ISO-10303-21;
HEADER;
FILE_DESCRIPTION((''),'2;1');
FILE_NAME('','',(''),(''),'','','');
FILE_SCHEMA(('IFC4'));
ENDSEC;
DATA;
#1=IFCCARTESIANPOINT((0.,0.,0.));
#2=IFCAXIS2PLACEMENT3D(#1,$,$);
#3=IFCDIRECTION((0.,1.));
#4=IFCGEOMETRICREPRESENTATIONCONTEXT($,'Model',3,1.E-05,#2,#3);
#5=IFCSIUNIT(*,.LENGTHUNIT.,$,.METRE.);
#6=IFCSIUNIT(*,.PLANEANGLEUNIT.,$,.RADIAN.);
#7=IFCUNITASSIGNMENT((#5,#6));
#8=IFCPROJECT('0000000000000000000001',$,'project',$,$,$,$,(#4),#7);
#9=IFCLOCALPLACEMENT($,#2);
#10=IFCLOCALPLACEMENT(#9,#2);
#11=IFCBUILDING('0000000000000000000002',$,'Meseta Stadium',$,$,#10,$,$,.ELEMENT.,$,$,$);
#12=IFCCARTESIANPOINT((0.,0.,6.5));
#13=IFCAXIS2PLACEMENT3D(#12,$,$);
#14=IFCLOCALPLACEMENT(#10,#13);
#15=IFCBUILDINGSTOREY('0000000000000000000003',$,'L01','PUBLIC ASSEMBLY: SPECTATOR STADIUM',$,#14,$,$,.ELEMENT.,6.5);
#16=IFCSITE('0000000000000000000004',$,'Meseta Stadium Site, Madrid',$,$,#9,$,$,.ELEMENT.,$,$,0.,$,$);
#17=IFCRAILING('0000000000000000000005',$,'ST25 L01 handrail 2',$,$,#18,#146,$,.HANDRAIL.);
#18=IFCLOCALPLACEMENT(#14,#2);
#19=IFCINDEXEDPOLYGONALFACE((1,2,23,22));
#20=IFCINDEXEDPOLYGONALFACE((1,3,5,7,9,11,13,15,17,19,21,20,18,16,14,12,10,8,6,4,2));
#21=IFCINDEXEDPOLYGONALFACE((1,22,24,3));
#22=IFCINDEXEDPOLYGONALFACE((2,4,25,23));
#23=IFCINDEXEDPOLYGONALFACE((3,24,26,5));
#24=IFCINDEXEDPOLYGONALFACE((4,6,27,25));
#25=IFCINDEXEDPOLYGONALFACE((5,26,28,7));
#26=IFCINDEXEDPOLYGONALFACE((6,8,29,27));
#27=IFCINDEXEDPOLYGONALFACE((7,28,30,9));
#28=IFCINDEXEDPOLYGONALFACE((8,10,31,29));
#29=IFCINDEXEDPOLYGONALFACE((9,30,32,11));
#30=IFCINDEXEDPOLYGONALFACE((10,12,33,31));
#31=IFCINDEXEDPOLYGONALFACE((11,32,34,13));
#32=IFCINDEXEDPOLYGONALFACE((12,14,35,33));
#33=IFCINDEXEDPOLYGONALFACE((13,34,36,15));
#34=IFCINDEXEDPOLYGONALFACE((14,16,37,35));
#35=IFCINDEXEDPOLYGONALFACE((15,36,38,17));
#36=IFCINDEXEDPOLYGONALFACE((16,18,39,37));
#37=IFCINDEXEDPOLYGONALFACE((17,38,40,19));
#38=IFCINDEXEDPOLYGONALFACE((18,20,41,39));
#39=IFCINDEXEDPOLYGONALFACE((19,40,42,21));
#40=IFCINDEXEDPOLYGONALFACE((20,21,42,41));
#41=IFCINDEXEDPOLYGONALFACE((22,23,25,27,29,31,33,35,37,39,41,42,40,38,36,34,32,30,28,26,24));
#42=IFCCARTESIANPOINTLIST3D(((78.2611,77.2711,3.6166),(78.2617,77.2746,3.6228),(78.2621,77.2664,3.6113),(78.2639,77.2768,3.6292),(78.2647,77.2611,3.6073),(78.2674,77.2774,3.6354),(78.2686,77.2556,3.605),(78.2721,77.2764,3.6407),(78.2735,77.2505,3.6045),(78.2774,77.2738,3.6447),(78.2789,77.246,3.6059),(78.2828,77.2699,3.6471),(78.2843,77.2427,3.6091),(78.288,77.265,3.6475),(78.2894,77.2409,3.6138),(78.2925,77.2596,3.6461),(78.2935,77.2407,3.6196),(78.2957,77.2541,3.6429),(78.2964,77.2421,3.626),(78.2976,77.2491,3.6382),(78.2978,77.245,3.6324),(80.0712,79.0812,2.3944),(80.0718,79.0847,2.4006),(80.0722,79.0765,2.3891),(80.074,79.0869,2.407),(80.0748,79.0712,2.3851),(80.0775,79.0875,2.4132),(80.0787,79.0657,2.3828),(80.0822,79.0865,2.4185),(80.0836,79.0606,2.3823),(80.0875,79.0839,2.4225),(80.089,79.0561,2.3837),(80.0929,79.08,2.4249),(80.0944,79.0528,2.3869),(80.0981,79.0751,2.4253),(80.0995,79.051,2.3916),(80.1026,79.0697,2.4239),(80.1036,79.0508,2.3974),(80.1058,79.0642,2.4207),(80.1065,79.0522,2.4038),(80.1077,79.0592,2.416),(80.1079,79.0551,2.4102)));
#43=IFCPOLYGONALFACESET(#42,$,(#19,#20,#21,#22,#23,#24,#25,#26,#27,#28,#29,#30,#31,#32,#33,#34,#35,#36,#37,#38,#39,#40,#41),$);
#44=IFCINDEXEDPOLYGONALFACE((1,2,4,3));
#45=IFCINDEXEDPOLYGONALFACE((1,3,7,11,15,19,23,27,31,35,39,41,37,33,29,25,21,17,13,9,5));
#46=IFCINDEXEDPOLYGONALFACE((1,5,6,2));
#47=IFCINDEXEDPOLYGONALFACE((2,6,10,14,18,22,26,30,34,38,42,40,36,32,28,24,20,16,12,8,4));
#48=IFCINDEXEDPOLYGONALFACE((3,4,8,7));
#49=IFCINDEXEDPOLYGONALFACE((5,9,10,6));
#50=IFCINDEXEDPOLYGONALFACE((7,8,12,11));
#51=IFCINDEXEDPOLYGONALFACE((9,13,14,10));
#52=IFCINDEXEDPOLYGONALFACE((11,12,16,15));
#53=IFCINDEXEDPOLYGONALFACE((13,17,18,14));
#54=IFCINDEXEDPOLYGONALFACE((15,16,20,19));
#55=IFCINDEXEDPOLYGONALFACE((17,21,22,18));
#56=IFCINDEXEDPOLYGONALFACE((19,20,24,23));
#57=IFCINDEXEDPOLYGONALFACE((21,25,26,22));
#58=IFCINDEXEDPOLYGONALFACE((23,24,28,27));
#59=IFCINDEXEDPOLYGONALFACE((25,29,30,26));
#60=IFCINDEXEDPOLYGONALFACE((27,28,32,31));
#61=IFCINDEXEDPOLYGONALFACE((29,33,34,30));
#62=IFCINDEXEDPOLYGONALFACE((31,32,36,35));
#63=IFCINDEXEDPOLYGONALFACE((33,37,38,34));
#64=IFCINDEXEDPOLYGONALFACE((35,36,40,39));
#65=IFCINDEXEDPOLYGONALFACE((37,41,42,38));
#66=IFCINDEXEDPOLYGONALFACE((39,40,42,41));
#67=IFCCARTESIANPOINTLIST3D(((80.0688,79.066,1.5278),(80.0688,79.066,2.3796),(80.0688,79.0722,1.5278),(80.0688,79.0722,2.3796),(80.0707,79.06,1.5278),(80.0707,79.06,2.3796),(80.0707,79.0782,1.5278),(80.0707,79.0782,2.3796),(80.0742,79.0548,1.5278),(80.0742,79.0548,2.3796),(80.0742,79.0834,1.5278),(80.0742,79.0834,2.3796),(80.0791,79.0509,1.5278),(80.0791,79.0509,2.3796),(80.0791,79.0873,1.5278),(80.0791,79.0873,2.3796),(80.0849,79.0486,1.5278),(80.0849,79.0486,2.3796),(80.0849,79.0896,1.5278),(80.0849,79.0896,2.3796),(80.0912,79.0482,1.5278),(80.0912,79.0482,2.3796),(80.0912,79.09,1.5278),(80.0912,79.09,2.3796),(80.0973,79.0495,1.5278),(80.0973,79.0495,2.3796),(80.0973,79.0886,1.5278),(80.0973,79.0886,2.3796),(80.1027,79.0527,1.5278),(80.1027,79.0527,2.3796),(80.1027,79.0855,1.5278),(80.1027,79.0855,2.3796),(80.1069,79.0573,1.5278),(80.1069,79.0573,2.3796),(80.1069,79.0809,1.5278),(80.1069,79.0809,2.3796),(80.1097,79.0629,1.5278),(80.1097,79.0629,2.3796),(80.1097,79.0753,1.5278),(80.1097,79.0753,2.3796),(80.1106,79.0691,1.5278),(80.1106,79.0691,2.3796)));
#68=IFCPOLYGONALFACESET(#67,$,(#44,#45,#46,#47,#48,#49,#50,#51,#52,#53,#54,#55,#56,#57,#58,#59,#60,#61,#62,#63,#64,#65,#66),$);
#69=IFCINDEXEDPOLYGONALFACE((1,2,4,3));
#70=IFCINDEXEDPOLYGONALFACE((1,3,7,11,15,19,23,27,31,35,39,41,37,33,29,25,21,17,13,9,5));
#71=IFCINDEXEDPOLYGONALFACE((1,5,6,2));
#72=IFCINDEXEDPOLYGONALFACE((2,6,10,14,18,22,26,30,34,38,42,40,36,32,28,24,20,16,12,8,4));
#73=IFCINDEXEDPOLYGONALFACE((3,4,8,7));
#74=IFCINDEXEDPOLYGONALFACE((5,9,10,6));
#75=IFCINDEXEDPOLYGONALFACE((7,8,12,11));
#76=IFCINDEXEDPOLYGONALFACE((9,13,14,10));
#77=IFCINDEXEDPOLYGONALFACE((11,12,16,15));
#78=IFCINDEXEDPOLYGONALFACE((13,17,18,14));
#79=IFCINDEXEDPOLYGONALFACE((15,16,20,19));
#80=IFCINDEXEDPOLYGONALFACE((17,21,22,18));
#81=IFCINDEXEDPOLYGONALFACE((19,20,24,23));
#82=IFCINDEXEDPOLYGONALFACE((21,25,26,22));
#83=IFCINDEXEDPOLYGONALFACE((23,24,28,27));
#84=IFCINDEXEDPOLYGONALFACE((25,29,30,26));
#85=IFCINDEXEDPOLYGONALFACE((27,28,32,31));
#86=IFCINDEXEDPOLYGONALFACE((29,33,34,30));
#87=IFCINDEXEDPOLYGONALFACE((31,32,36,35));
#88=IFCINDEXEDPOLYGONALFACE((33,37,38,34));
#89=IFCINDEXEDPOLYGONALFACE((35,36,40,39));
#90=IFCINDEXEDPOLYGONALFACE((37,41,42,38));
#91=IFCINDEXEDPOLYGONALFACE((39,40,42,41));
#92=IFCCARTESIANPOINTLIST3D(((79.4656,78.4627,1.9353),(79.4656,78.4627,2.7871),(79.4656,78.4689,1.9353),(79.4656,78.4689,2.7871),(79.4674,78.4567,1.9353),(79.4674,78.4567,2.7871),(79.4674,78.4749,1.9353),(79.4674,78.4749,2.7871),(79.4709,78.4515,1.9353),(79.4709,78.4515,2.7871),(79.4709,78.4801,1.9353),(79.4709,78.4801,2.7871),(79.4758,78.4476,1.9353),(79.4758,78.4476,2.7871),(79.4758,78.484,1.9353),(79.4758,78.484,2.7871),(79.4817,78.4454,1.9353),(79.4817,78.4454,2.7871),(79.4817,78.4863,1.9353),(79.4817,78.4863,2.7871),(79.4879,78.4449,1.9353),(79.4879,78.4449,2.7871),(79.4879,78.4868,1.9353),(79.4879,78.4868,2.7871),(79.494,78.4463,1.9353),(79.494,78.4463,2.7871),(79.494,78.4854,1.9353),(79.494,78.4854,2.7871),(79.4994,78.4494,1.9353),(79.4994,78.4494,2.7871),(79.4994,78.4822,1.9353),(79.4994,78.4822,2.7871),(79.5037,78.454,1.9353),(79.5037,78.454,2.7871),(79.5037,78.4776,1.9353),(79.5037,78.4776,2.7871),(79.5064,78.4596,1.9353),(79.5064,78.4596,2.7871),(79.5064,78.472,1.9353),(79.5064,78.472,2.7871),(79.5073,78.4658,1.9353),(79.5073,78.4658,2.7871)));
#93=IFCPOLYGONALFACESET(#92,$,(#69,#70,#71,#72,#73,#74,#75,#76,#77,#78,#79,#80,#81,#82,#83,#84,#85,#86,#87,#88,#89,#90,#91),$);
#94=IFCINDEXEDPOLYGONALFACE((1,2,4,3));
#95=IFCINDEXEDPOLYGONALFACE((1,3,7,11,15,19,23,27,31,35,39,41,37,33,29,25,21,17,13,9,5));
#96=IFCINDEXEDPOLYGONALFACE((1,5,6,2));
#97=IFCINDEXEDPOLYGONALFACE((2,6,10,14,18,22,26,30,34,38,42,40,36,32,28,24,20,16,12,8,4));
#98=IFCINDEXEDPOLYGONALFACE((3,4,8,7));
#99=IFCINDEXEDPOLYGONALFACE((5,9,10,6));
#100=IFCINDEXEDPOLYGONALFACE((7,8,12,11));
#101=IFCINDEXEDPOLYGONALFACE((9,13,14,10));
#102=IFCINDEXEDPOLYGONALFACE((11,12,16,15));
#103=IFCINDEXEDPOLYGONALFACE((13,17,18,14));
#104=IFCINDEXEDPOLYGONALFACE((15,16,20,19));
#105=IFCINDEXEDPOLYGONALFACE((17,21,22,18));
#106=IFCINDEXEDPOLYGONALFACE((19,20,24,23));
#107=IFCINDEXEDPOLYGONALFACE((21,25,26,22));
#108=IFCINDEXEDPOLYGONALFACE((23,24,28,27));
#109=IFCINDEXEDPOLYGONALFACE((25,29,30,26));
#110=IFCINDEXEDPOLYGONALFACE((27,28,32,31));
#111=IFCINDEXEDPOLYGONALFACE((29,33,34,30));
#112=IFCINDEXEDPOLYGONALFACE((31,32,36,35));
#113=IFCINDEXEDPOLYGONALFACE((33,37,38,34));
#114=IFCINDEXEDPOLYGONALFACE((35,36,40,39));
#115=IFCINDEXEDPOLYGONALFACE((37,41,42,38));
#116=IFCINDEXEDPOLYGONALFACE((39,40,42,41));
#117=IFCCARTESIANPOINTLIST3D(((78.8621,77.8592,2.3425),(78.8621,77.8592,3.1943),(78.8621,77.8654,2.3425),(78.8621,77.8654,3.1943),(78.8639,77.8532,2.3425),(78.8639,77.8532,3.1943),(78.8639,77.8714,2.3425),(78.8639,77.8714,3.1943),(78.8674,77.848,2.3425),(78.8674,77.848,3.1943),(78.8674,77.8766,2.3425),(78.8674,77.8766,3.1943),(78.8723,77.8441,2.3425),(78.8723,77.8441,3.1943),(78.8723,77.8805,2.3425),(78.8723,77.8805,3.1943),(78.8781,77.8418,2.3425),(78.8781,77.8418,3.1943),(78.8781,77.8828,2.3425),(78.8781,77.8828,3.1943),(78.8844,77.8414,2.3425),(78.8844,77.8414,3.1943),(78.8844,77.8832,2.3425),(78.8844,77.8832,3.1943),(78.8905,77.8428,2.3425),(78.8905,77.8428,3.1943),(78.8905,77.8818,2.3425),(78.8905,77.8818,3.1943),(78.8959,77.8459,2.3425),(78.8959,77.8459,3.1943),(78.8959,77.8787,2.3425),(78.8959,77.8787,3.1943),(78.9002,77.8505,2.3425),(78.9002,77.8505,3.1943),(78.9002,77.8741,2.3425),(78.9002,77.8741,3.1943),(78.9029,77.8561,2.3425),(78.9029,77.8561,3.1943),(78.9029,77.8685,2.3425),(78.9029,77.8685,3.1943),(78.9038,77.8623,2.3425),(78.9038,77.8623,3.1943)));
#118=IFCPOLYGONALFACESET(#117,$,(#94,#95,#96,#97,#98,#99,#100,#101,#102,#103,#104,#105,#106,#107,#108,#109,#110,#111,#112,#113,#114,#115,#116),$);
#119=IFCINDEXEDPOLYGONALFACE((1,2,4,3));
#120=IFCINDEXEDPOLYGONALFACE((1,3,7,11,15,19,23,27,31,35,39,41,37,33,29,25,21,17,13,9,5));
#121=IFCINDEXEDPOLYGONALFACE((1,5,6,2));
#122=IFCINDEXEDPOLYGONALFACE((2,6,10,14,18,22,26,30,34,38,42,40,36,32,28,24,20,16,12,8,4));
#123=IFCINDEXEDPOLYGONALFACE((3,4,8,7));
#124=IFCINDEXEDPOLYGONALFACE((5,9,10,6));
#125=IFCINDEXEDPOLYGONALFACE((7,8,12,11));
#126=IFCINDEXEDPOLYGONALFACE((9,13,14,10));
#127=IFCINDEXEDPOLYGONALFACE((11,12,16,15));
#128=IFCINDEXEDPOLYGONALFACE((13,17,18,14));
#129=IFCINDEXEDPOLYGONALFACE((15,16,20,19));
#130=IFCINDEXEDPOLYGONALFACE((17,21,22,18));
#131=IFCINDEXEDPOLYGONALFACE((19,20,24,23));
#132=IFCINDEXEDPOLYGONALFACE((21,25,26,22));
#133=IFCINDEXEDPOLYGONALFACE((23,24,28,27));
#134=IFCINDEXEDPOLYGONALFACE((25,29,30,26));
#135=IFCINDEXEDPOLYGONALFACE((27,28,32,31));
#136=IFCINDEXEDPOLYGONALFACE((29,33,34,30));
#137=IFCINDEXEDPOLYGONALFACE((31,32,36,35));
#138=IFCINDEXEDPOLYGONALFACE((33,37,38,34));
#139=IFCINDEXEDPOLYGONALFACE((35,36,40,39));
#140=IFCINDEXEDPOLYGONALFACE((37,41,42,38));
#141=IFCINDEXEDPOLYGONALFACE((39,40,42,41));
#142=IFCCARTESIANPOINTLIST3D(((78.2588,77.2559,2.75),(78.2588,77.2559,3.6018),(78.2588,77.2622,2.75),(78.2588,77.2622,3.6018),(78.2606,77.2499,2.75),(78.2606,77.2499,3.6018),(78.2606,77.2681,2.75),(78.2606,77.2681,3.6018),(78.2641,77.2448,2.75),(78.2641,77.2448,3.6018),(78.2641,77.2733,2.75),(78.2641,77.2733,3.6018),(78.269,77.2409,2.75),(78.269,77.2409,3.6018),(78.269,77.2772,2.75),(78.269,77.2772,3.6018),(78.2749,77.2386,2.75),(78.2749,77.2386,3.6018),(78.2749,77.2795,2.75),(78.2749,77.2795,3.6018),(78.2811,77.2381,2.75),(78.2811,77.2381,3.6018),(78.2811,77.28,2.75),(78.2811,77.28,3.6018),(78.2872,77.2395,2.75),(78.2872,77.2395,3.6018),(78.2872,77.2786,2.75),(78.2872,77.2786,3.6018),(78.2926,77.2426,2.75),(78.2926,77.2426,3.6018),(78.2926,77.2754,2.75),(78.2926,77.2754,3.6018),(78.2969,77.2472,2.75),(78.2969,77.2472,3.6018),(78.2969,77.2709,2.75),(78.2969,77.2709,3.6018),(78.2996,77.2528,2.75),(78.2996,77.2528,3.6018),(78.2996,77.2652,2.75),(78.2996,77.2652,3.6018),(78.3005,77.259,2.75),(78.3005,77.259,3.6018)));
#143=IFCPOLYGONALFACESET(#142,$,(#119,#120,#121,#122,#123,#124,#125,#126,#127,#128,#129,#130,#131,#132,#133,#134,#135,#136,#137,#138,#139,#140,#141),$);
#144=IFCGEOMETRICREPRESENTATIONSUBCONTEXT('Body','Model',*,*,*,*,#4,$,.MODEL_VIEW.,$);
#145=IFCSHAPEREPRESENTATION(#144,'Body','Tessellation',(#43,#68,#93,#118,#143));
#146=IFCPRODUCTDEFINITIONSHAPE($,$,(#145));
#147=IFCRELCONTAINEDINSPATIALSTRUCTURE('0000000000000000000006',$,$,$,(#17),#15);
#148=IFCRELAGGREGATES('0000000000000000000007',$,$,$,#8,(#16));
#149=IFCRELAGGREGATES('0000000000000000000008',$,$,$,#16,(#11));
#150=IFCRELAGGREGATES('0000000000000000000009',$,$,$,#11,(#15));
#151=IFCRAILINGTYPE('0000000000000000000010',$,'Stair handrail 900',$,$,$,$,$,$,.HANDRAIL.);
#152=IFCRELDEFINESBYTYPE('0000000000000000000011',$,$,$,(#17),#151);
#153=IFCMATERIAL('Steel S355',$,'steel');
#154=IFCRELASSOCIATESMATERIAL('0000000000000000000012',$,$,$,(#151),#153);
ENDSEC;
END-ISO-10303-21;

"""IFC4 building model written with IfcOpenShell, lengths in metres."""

from ifc_helpers import new_model, si_unit, direction, frame, origin, origin_2d, place, context, subcontext, project, spatial, circle, extrude, material, type_object, element, save


model = new_model("IFC4")

# Units and contexts
model_context = context("Model", 3, precision=1e-05, world=origin(), true_north=direction((0.0, 1.0)))
body_context = subcontext(model_context, "Body", "Model", "MODEL_VIEW")
ifc_project = project(units=[si_unit("LENGTHUNIT", "METRE"), si_unit("PLANEANGLEUNIT", "RADIAN")], contexts=[model_context])

# Site, building, storey
site_placement = place(None, origin())
site = spatial("IfcSite", under=ifc_project, at=site_placement, Name="Meseta Stadium Site, Madrid", CompositionType="ELEMENT", RefElevation=0.0)
building_placement = place(site_placement, origin())
building = spatial("IfcBuilding", under=site, at=building_placement, Name="Meseta Stadium", CompositionType="ELEMENT")
storey_placement = place(building_placement, frame((0.0, 0.0, 6.5)))
storey = spatial("IfcBuildingStorey", under=building, at=storey_placement, Name="L01", Description="PUBLIC ASSEMBLY: SPECTATOR STADIUM", CompositionType="ELEMENT", Elevation=6.5)

# Railing
ifc_material_1 = material(Name="Steel S355", Category="steel")
railing_type_1 = type_object("IfcRailingType", Name="Stair handrail 900", PredefinedType="HANDRAIL", material=ifc_material_1)
railing_1_placement = place(storey_placement, frame((80.0896, 79.0691, 1.5278)))
element("IfcRailing", 1, at=railing_1_placement, inside=storey, type_object=railing_type_1, Name="ST25 L01 handrail 2", PredefinedType="HANDRAIL", context=body_context, shape_type="SweptSolid", body=[
    extrude(circle(Radius=0.0239, at=origin_2d()), frame((0.0, 0.0, 0.876), z_axis=(-0.638108, -0.638108, 0.430856), x_axis=(0.707107, -0.707107, 0.0)), (0.0, 0.0, 1.0), 2.8367),
    extrude(circle(Radius=0.021, at=origin_2d()), origin(), (0.0, 0.0, 1.0), 0.8518),
    extrude(circle(Radius=0.021, at=origin_2d()), frame((-0.6033, -0.6033, 0.4075)), (0.0, 0.0, 1.0), 0.8518),
    extrude(circle(Radius=0.021, at=origin_2d()), frame((-1.2068, -1.2068, 0.8147)), (0.0, 0.0, 1.0), 0.8518),
    extrude(circle(Radius=0.021, at=origin_2d()), frame((-1.8101, -1.8101, 1.2222)), (0.0, 0.0, 1.0), 0.8518),
])

save(model, "model.ifc")
